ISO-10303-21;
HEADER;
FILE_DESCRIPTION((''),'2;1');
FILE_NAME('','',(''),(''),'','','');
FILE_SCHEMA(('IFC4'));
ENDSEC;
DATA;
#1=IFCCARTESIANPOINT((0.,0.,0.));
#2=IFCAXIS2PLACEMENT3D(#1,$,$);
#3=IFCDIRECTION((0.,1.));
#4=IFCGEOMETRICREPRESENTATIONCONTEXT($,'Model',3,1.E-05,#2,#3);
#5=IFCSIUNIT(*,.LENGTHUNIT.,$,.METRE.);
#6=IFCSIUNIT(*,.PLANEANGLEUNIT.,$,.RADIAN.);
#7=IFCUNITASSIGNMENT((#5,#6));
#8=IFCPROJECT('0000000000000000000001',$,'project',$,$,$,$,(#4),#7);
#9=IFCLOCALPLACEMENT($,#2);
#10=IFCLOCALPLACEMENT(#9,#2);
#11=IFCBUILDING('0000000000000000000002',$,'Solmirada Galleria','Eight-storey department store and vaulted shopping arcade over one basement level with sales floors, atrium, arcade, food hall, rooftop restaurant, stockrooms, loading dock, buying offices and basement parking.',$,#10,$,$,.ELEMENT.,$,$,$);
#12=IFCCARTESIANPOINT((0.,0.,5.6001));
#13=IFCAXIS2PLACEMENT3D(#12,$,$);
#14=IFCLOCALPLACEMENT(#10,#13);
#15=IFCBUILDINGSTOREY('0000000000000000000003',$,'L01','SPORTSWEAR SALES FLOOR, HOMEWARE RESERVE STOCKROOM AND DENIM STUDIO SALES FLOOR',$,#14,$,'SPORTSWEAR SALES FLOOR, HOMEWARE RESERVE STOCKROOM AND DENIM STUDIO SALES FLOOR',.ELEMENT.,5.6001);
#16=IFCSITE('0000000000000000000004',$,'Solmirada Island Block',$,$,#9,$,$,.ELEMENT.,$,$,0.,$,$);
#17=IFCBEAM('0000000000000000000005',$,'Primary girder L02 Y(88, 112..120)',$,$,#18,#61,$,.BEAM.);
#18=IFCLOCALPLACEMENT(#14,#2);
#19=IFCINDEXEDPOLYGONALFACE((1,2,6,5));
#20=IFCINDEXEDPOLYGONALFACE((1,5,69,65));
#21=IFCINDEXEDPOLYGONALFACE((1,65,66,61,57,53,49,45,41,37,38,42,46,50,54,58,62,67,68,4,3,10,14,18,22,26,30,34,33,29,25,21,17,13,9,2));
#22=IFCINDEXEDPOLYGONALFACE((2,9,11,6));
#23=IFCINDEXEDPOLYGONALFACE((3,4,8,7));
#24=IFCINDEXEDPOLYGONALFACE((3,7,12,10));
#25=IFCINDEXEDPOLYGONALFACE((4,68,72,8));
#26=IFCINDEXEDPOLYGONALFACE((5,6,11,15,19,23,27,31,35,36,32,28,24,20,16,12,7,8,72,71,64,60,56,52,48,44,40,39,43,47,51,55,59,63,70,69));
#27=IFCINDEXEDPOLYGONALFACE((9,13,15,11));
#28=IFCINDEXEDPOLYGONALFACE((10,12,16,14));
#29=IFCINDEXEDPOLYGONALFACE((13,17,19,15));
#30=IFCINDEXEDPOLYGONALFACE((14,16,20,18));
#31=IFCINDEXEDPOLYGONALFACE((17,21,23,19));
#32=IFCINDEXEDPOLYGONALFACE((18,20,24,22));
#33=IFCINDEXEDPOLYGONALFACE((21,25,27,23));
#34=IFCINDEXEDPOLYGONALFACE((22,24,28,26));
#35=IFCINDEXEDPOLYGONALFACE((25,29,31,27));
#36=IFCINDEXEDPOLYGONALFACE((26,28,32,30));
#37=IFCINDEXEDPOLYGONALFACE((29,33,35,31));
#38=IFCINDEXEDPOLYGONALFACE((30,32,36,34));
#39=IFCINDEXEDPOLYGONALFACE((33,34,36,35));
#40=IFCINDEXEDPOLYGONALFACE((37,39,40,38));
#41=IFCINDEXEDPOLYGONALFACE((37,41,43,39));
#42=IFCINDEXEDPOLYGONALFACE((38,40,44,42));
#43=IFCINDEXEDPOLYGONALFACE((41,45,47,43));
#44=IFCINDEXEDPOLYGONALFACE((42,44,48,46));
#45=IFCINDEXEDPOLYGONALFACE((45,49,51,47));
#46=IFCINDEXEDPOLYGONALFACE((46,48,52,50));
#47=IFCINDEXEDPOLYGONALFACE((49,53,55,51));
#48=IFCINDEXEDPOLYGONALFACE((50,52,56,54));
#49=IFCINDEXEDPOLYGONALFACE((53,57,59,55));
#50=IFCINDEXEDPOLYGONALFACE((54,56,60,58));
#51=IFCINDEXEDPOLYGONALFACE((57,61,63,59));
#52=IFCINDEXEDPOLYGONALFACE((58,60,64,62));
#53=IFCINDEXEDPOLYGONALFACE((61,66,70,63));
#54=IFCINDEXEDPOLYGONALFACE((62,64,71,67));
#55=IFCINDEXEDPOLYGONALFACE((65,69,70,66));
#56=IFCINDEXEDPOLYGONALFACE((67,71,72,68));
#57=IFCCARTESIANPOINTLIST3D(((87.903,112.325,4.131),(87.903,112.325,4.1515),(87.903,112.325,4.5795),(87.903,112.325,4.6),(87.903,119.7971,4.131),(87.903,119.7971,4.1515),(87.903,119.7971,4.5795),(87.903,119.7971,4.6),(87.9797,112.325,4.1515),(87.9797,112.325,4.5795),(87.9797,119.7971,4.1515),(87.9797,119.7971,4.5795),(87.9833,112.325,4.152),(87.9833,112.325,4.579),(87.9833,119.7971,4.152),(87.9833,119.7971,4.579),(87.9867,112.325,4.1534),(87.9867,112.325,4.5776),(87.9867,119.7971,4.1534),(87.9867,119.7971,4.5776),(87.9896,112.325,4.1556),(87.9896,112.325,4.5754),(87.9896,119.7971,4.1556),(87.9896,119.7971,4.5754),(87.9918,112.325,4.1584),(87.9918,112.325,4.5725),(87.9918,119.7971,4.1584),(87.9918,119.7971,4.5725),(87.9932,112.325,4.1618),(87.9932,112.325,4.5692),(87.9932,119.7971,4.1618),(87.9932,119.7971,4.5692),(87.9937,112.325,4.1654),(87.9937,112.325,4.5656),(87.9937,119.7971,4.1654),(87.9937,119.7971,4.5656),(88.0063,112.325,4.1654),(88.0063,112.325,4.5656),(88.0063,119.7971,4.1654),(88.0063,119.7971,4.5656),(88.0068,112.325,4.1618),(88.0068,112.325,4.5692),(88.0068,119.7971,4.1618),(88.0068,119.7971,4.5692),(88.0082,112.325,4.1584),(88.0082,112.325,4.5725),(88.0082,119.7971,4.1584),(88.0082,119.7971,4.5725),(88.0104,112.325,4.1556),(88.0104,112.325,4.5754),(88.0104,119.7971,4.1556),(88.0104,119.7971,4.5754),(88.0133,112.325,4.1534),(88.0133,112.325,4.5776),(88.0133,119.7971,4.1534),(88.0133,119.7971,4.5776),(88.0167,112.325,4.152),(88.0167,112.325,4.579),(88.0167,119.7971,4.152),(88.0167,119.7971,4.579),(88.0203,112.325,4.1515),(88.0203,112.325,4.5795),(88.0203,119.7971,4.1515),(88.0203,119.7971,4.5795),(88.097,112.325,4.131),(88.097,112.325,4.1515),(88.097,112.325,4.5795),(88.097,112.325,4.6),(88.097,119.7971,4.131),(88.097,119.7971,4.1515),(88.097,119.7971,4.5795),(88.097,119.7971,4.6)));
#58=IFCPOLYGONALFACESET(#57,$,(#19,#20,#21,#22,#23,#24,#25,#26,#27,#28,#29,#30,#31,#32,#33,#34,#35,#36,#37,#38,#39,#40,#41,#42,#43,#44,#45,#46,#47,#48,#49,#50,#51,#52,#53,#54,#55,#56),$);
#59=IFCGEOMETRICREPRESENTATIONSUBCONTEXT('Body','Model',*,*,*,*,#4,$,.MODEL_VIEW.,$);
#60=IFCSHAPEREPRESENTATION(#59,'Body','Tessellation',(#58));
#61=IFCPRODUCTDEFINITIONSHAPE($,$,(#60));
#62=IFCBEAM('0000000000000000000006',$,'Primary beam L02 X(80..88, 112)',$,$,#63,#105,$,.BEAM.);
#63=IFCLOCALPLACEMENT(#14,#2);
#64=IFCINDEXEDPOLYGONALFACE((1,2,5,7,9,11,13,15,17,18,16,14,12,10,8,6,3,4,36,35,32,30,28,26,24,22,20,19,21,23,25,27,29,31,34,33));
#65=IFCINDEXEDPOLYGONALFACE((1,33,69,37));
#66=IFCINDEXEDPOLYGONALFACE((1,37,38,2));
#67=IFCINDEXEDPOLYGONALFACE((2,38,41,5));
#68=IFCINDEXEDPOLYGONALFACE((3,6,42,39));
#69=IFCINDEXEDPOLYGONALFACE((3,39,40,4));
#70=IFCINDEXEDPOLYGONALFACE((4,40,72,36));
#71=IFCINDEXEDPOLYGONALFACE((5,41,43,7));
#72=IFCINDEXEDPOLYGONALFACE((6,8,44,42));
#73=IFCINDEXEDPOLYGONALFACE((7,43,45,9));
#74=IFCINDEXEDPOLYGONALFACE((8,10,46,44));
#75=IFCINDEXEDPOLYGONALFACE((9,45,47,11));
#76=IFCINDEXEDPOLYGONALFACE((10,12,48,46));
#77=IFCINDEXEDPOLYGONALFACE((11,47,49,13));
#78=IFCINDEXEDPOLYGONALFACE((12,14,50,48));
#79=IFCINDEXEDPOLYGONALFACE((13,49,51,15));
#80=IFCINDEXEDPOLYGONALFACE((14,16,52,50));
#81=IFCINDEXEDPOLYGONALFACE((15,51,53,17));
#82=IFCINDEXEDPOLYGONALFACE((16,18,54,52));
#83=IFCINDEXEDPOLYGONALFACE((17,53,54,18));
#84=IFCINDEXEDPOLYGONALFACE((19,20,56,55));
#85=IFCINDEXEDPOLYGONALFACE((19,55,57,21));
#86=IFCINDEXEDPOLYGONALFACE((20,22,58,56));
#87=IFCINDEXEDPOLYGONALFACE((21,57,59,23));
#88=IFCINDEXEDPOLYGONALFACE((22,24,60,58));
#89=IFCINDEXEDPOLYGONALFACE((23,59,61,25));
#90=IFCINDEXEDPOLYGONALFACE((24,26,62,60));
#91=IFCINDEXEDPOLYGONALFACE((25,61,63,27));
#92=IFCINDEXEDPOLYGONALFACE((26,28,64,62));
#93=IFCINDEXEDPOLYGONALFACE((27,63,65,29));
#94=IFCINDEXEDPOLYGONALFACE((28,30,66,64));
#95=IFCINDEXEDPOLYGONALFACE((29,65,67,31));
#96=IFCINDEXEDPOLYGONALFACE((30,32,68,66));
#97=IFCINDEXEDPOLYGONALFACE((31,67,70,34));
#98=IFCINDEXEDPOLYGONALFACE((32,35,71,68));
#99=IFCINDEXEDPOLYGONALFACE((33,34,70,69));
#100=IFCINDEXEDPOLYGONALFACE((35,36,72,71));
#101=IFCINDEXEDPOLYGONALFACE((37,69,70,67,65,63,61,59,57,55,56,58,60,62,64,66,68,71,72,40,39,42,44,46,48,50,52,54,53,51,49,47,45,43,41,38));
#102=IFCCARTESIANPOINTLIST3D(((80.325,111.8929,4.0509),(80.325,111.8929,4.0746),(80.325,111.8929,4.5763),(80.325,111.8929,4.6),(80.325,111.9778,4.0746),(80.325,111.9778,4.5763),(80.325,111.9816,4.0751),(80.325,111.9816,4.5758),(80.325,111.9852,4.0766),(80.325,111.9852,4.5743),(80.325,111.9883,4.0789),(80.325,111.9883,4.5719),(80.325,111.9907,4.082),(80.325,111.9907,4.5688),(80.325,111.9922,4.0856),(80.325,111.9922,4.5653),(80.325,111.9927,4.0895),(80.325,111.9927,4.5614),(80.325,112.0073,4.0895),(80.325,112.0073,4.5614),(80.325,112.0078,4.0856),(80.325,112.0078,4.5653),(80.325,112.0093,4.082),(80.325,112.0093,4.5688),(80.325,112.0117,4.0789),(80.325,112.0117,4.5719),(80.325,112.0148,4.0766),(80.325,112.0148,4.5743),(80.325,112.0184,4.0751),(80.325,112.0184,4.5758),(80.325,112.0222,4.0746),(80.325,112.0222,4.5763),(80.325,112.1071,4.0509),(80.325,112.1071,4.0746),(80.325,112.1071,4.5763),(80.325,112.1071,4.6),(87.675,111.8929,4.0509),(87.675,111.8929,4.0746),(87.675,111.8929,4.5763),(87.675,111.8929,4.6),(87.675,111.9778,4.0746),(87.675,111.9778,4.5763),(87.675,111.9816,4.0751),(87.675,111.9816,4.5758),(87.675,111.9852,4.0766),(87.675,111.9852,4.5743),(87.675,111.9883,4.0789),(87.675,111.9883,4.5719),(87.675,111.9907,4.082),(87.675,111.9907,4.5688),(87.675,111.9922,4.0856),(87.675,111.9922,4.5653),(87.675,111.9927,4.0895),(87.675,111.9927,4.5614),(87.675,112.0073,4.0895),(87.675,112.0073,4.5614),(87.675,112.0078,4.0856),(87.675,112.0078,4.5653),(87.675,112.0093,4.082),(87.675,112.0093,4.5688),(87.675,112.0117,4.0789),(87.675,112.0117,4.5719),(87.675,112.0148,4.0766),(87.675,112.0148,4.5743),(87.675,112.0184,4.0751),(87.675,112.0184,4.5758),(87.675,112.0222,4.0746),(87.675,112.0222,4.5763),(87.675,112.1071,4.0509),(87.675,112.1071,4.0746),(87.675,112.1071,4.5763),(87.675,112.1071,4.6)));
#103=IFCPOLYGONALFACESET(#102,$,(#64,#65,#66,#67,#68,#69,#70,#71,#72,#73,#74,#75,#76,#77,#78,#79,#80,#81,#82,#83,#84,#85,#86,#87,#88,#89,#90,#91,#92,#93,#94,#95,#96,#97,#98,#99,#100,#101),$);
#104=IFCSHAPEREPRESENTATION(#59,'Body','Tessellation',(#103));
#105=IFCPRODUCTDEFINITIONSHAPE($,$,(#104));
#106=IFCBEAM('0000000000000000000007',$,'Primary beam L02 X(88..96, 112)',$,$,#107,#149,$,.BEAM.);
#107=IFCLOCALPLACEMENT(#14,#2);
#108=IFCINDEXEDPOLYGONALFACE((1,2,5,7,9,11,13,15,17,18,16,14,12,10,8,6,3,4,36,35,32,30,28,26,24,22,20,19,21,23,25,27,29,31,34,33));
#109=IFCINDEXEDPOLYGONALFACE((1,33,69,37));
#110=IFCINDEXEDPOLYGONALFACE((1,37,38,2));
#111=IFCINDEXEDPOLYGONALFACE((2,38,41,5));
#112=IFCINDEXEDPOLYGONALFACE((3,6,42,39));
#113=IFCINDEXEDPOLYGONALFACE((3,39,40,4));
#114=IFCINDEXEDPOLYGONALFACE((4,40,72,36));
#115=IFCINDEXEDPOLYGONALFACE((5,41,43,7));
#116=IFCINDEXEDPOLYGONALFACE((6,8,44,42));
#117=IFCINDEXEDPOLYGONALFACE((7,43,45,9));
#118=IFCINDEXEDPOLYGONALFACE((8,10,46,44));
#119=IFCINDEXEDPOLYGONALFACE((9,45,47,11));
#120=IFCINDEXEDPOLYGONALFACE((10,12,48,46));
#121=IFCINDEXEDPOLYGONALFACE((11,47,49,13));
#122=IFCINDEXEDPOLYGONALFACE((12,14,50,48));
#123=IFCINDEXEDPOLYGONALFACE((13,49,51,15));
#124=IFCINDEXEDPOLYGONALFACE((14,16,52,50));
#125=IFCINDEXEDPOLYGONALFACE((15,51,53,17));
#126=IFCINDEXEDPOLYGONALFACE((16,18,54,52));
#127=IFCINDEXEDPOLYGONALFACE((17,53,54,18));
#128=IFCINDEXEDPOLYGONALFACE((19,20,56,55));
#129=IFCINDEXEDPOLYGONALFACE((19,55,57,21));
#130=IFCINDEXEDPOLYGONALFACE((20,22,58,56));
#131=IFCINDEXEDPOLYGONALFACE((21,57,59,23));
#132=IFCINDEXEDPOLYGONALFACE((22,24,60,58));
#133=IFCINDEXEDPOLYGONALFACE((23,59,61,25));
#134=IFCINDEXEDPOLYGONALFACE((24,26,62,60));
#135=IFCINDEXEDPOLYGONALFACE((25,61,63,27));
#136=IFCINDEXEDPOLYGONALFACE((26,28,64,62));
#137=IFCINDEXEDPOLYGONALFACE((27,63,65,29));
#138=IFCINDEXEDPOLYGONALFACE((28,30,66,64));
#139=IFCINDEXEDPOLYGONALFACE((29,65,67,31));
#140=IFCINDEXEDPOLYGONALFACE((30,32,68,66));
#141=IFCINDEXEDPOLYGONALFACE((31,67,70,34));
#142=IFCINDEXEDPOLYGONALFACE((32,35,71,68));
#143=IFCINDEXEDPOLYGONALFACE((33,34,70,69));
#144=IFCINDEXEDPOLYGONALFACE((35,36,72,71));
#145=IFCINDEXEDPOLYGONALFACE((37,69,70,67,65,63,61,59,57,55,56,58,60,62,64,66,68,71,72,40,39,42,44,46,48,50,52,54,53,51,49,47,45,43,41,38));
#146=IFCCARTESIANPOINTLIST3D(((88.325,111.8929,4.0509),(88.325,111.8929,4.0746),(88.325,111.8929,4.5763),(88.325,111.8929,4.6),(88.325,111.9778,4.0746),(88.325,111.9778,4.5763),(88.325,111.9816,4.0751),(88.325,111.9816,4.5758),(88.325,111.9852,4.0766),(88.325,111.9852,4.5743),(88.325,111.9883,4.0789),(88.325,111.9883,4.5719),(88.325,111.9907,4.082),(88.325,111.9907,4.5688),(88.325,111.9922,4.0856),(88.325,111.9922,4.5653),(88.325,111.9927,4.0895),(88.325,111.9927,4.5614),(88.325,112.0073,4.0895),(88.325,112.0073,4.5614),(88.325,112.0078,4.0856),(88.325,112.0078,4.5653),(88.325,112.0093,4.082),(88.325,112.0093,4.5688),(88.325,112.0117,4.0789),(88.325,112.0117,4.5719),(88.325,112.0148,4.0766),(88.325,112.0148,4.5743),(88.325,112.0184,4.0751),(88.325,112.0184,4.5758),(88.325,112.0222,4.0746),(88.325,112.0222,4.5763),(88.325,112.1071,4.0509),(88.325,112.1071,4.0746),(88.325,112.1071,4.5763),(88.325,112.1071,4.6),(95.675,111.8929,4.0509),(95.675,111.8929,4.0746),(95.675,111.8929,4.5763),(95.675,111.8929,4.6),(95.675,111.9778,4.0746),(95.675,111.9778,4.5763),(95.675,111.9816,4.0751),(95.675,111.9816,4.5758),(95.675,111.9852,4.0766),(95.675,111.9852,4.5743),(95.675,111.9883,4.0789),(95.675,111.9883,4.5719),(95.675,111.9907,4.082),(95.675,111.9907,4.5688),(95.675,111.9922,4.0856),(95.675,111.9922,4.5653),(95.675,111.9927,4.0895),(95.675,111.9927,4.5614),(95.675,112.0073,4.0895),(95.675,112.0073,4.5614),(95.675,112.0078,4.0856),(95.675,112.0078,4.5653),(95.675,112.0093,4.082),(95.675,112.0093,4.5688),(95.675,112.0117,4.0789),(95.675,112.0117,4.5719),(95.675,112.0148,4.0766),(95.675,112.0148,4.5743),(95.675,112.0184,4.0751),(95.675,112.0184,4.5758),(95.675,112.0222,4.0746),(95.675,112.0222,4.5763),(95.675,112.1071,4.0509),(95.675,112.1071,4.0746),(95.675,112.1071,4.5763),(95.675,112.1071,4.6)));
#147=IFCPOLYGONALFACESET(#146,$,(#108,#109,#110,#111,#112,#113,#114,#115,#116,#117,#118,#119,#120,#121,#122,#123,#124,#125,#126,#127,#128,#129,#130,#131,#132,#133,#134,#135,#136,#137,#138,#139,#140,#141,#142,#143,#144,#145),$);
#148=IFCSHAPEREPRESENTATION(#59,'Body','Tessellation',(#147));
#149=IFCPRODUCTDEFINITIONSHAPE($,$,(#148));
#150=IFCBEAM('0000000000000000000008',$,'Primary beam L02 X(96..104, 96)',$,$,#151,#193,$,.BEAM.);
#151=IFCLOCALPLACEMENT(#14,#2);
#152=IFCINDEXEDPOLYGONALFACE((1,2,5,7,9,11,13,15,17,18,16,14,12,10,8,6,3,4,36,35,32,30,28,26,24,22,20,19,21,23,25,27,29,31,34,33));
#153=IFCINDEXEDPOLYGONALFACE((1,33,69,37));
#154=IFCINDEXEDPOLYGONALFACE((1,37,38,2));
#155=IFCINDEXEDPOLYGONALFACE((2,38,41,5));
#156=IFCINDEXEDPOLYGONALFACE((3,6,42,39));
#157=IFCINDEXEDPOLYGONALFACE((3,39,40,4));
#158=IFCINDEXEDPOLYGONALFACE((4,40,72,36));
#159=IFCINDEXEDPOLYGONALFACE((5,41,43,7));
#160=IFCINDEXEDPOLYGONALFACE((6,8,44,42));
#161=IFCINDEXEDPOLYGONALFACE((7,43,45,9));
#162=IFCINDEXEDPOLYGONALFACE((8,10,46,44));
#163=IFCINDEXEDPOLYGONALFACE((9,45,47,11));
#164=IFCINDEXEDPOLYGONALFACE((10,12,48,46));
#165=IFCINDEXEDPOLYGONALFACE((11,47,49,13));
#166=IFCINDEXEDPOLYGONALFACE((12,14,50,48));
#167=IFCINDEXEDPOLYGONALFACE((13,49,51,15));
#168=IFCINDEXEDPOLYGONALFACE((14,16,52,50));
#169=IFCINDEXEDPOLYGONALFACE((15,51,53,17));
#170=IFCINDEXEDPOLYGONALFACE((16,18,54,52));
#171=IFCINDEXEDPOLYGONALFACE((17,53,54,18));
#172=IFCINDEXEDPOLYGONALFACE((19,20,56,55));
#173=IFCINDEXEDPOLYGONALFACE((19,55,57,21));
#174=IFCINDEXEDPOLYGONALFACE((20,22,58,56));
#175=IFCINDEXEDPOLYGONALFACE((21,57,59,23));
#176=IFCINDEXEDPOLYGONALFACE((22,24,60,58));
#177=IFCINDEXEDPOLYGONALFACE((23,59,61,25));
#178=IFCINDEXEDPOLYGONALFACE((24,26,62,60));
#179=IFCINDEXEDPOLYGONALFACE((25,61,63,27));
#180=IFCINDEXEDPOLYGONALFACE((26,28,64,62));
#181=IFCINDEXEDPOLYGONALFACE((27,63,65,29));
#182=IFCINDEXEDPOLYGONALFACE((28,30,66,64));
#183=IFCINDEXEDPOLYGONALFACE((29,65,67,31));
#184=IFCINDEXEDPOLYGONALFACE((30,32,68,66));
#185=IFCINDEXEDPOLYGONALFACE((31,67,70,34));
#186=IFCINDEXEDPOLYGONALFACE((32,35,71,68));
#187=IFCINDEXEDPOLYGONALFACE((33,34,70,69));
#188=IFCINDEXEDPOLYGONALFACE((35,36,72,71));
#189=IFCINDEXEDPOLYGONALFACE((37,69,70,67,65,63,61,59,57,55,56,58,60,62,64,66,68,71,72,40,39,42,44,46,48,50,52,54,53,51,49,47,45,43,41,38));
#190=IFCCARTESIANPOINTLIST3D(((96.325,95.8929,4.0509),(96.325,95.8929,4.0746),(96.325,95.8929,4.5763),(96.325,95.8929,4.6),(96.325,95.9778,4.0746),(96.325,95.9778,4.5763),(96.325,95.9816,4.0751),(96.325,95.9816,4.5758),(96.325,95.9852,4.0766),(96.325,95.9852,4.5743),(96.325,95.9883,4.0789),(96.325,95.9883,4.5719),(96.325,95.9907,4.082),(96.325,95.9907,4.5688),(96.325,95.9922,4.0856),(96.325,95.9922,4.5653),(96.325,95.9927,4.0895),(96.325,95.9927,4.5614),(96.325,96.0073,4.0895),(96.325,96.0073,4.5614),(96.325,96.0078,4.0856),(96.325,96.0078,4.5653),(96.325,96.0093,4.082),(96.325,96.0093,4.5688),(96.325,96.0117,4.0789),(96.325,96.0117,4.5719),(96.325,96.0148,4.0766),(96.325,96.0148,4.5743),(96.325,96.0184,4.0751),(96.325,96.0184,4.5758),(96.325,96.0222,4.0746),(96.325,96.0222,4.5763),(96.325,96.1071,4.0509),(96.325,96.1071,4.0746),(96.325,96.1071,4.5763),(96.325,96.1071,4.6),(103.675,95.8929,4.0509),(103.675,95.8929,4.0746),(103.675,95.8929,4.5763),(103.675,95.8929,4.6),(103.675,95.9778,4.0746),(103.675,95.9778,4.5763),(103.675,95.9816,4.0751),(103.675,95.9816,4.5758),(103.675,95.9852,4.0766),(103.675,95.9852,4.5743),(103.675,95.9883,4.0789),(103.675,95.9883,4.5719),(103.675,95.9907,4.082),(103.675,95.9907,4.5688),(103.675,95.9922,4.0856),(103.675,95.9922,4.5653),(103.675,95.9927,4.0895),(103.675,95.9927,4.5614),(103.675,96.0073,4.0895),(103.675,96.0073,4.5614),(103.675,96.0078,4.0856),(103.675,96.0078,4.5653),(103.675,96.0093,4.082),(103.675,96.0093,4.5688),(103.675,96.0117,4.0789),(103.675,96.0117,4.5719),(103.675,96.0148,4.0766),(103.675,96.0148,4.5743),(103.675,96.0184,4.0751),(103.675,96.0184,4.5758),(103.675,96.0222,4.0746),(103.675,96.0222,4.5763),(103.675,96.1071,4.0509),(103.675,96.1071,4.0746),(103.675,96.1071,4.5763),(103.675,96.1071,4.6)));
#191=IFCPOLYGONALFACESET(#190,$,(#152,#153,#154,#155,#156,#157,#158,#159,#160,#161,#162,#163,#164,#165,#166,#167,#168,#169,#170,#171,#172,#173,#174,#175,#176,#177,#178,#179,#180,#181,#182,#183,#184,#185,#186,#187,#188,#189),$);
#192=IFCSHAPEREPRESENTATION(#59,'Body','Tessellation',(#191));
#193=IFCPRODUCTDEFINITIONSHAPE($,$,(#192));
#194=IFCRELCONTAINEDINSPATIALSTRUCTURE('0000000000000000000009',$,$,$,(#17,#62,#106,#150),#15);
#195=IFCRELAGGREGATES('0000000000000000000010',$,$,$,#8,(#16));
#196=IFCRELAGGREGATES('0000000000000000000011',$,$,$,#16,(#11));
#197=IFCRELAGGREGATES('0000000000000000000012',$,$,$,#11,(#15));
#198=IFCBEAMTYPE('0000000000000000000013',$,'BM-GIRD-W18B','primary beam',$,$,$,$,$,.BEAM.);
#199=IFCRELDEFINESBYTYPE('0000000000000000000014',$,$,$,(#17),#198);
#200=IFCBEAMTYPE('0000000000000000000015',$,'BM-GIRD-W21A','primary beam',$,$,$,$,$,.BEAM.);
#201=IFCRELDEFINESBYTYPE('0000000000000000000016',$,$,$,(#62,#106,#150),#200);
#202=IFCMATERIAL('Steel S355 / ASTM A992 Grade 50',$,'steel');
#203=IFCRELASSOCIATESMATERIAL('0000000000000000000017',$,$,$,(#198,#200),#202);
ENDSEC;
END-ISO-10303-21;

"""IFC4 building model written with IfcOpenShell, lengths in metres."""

from ifc_helpers import new_model, si_unit, direction, frame, origin, origin_2d, place, context, subcontext, project, spatial, i_section, extrude, material, material_profile, profile_set, type_object, element, save


model = new_model("IFC4")

# Units and contexts
model_context = context("Model", 3, precision=1e-05, world=origin(), true_north=direction((0.0, 1.0)))
body_context = subcontext(model_context, "Body", "Model", "MODEL_VIEW")
ifc_project = project(units=[si_unit("LENGTHUNIT", "METRE"), si_unit("PLANEANGLEUNIT", "RADIAN")], contexts=[model_context])

# Site, building, storey
site_placement = place(None, origin())
site = spatial("IfcSite", under=ifc_project, at=site_placement, Name="Solmirada Island Block", CompositionType="ELEMENT", RefElevation=0.0)
building_placement = place(site_placement, origin())
building = spatial("IfcBuilding", under=site, at=building_placement, Name="Solmirada Galleria", Description="Eight-storey department store and vaulted shopping arcade over one basement level with sales floors, atrium, arcade, food hall, rooftop restaurant, stockrooms, loading dock, buying offices and basement parking.", CompositionType="ELEMENT")
storey_placement = place(building_placement, frame((0.0, 0.0, 5.6001)))
storey = spatial("IfcBuildingStorey", under=building, at=storey_placement, Name="L01", Description="SPORTSWEAR SALES FLOOR, HOMEWARE RESERVE STOCKROOM AND DENIM STUDIO SALES FLOOR", LongName="SPORTSWEAR SALES FLOOR, HOMEWARE RESERVE STOCKROOM AND DENIM STUDIO SALES FLOOR", CompositionType="ELEMENT", Elevation=5.6001)

# Beams
ifc_material_1 = material(Name="Steel S355 / ASTM A992 Grade 50", Category="steel")
ifc_material_profile_1 = material_profile(ifc_material_1, i_section(OverallWidth=0.1941, OverallDepth=0.469, WebThickness=0.0127, FlangeThickness=0.0205, FilletRadius=0.0139, at=origin_2d()), Name="W18X71")
ifc_profile_set_1 = profile_set([ifc_material_profile_1], Name="Steel S355 / ASTM A992 Grade 50")
beam_type_1 = type_object("IfcBeamType", Name="BM-GIRD-W18B", Description="primary beam", PredefinedType="BEAM", material=ifc_profile_set_1)
beam_1_placement = place(storey_placement, frame((88.0, 112.325, 4.3655), z_axis=(0.0, 1.0, 0.0), x_axis=(-1.0, 0.0, 0.0)))
element("IfcBeam", 1, at=beam_1_placement, inside=storey, type_object=beam_type_1, Name="Primary girder L02 Y(88, 112..120)", PredefinedType="BEAM", context=body_context, shape_type="SweptSolid", body=[
    extrude(i_section(OverallWidth=0.1941, OverallDepth=0.469, WebThickness=0.0127, FlangeThickness=0.0205, FilletRadius=0.0139, at=origin_2d()), origin(), (0.0, 0.0, 1.0), 7.4722),
])
ifc_material_profile_2 = material_profile(ifc_material_1, i_section(OverallWidth=0.2141, OverallDepth=0.5491, WebThickness=0.0146, FlangeThickness=0.0237, FilletRadius=0.0149, at=origin_2d()), Name="W21X93")
ifc_profile_set_2 = profile_set([ifc_material_profile_2], Name="Steel S355 / ASTM A992 Grade 50")
beam_type_2 = type_object("IfcBeamType", Name="BM-GIRD-W21A", Description="primary beam", PredefinedType="BEAM", material=ifc_profile_set_2)
for number, where, z_axis, x_axis, name in (
    (2, (80.325, 112.0, 4.3254), (1.0, 0.0, 0.0), (0.0, 1.0, 0.0), "Primary beam L02 X(80..88, 112)"),
    (3, (88.325, 112.0, 4.3254), (1.0, 0.0, 0.0), (0.0, 1.0, 0.0), "Primary beam L02 X(88..96, 112)"),
    (4, (96.325, 96.0, 4.3254), (1.0, 0.0, 0.0), (0.0, 1.0, 0.0), "Primary beam L02 X(96..104, 96)"),
):
    element("IfcBeam", number, at=place(storey_placement, frame(where, z_axis=z_axis, x_axis=x_axis)), inside=storey, type_object=beam_type_2, Name=name, PredefinedType="BEAM", context=body_context, shape_type="SweptSolid", body=[
        extrude(i_section(OverallWidth=0.2141, OverallDepth=0.5491, WebThickness=0.0146, FlangeThickness=0.0237, FilletRadius=0.0149, at=origin_2d()), origin(), (0.0, 0.0, 1.0), 7.3501),
    ])

save(model, "model.ifc")
